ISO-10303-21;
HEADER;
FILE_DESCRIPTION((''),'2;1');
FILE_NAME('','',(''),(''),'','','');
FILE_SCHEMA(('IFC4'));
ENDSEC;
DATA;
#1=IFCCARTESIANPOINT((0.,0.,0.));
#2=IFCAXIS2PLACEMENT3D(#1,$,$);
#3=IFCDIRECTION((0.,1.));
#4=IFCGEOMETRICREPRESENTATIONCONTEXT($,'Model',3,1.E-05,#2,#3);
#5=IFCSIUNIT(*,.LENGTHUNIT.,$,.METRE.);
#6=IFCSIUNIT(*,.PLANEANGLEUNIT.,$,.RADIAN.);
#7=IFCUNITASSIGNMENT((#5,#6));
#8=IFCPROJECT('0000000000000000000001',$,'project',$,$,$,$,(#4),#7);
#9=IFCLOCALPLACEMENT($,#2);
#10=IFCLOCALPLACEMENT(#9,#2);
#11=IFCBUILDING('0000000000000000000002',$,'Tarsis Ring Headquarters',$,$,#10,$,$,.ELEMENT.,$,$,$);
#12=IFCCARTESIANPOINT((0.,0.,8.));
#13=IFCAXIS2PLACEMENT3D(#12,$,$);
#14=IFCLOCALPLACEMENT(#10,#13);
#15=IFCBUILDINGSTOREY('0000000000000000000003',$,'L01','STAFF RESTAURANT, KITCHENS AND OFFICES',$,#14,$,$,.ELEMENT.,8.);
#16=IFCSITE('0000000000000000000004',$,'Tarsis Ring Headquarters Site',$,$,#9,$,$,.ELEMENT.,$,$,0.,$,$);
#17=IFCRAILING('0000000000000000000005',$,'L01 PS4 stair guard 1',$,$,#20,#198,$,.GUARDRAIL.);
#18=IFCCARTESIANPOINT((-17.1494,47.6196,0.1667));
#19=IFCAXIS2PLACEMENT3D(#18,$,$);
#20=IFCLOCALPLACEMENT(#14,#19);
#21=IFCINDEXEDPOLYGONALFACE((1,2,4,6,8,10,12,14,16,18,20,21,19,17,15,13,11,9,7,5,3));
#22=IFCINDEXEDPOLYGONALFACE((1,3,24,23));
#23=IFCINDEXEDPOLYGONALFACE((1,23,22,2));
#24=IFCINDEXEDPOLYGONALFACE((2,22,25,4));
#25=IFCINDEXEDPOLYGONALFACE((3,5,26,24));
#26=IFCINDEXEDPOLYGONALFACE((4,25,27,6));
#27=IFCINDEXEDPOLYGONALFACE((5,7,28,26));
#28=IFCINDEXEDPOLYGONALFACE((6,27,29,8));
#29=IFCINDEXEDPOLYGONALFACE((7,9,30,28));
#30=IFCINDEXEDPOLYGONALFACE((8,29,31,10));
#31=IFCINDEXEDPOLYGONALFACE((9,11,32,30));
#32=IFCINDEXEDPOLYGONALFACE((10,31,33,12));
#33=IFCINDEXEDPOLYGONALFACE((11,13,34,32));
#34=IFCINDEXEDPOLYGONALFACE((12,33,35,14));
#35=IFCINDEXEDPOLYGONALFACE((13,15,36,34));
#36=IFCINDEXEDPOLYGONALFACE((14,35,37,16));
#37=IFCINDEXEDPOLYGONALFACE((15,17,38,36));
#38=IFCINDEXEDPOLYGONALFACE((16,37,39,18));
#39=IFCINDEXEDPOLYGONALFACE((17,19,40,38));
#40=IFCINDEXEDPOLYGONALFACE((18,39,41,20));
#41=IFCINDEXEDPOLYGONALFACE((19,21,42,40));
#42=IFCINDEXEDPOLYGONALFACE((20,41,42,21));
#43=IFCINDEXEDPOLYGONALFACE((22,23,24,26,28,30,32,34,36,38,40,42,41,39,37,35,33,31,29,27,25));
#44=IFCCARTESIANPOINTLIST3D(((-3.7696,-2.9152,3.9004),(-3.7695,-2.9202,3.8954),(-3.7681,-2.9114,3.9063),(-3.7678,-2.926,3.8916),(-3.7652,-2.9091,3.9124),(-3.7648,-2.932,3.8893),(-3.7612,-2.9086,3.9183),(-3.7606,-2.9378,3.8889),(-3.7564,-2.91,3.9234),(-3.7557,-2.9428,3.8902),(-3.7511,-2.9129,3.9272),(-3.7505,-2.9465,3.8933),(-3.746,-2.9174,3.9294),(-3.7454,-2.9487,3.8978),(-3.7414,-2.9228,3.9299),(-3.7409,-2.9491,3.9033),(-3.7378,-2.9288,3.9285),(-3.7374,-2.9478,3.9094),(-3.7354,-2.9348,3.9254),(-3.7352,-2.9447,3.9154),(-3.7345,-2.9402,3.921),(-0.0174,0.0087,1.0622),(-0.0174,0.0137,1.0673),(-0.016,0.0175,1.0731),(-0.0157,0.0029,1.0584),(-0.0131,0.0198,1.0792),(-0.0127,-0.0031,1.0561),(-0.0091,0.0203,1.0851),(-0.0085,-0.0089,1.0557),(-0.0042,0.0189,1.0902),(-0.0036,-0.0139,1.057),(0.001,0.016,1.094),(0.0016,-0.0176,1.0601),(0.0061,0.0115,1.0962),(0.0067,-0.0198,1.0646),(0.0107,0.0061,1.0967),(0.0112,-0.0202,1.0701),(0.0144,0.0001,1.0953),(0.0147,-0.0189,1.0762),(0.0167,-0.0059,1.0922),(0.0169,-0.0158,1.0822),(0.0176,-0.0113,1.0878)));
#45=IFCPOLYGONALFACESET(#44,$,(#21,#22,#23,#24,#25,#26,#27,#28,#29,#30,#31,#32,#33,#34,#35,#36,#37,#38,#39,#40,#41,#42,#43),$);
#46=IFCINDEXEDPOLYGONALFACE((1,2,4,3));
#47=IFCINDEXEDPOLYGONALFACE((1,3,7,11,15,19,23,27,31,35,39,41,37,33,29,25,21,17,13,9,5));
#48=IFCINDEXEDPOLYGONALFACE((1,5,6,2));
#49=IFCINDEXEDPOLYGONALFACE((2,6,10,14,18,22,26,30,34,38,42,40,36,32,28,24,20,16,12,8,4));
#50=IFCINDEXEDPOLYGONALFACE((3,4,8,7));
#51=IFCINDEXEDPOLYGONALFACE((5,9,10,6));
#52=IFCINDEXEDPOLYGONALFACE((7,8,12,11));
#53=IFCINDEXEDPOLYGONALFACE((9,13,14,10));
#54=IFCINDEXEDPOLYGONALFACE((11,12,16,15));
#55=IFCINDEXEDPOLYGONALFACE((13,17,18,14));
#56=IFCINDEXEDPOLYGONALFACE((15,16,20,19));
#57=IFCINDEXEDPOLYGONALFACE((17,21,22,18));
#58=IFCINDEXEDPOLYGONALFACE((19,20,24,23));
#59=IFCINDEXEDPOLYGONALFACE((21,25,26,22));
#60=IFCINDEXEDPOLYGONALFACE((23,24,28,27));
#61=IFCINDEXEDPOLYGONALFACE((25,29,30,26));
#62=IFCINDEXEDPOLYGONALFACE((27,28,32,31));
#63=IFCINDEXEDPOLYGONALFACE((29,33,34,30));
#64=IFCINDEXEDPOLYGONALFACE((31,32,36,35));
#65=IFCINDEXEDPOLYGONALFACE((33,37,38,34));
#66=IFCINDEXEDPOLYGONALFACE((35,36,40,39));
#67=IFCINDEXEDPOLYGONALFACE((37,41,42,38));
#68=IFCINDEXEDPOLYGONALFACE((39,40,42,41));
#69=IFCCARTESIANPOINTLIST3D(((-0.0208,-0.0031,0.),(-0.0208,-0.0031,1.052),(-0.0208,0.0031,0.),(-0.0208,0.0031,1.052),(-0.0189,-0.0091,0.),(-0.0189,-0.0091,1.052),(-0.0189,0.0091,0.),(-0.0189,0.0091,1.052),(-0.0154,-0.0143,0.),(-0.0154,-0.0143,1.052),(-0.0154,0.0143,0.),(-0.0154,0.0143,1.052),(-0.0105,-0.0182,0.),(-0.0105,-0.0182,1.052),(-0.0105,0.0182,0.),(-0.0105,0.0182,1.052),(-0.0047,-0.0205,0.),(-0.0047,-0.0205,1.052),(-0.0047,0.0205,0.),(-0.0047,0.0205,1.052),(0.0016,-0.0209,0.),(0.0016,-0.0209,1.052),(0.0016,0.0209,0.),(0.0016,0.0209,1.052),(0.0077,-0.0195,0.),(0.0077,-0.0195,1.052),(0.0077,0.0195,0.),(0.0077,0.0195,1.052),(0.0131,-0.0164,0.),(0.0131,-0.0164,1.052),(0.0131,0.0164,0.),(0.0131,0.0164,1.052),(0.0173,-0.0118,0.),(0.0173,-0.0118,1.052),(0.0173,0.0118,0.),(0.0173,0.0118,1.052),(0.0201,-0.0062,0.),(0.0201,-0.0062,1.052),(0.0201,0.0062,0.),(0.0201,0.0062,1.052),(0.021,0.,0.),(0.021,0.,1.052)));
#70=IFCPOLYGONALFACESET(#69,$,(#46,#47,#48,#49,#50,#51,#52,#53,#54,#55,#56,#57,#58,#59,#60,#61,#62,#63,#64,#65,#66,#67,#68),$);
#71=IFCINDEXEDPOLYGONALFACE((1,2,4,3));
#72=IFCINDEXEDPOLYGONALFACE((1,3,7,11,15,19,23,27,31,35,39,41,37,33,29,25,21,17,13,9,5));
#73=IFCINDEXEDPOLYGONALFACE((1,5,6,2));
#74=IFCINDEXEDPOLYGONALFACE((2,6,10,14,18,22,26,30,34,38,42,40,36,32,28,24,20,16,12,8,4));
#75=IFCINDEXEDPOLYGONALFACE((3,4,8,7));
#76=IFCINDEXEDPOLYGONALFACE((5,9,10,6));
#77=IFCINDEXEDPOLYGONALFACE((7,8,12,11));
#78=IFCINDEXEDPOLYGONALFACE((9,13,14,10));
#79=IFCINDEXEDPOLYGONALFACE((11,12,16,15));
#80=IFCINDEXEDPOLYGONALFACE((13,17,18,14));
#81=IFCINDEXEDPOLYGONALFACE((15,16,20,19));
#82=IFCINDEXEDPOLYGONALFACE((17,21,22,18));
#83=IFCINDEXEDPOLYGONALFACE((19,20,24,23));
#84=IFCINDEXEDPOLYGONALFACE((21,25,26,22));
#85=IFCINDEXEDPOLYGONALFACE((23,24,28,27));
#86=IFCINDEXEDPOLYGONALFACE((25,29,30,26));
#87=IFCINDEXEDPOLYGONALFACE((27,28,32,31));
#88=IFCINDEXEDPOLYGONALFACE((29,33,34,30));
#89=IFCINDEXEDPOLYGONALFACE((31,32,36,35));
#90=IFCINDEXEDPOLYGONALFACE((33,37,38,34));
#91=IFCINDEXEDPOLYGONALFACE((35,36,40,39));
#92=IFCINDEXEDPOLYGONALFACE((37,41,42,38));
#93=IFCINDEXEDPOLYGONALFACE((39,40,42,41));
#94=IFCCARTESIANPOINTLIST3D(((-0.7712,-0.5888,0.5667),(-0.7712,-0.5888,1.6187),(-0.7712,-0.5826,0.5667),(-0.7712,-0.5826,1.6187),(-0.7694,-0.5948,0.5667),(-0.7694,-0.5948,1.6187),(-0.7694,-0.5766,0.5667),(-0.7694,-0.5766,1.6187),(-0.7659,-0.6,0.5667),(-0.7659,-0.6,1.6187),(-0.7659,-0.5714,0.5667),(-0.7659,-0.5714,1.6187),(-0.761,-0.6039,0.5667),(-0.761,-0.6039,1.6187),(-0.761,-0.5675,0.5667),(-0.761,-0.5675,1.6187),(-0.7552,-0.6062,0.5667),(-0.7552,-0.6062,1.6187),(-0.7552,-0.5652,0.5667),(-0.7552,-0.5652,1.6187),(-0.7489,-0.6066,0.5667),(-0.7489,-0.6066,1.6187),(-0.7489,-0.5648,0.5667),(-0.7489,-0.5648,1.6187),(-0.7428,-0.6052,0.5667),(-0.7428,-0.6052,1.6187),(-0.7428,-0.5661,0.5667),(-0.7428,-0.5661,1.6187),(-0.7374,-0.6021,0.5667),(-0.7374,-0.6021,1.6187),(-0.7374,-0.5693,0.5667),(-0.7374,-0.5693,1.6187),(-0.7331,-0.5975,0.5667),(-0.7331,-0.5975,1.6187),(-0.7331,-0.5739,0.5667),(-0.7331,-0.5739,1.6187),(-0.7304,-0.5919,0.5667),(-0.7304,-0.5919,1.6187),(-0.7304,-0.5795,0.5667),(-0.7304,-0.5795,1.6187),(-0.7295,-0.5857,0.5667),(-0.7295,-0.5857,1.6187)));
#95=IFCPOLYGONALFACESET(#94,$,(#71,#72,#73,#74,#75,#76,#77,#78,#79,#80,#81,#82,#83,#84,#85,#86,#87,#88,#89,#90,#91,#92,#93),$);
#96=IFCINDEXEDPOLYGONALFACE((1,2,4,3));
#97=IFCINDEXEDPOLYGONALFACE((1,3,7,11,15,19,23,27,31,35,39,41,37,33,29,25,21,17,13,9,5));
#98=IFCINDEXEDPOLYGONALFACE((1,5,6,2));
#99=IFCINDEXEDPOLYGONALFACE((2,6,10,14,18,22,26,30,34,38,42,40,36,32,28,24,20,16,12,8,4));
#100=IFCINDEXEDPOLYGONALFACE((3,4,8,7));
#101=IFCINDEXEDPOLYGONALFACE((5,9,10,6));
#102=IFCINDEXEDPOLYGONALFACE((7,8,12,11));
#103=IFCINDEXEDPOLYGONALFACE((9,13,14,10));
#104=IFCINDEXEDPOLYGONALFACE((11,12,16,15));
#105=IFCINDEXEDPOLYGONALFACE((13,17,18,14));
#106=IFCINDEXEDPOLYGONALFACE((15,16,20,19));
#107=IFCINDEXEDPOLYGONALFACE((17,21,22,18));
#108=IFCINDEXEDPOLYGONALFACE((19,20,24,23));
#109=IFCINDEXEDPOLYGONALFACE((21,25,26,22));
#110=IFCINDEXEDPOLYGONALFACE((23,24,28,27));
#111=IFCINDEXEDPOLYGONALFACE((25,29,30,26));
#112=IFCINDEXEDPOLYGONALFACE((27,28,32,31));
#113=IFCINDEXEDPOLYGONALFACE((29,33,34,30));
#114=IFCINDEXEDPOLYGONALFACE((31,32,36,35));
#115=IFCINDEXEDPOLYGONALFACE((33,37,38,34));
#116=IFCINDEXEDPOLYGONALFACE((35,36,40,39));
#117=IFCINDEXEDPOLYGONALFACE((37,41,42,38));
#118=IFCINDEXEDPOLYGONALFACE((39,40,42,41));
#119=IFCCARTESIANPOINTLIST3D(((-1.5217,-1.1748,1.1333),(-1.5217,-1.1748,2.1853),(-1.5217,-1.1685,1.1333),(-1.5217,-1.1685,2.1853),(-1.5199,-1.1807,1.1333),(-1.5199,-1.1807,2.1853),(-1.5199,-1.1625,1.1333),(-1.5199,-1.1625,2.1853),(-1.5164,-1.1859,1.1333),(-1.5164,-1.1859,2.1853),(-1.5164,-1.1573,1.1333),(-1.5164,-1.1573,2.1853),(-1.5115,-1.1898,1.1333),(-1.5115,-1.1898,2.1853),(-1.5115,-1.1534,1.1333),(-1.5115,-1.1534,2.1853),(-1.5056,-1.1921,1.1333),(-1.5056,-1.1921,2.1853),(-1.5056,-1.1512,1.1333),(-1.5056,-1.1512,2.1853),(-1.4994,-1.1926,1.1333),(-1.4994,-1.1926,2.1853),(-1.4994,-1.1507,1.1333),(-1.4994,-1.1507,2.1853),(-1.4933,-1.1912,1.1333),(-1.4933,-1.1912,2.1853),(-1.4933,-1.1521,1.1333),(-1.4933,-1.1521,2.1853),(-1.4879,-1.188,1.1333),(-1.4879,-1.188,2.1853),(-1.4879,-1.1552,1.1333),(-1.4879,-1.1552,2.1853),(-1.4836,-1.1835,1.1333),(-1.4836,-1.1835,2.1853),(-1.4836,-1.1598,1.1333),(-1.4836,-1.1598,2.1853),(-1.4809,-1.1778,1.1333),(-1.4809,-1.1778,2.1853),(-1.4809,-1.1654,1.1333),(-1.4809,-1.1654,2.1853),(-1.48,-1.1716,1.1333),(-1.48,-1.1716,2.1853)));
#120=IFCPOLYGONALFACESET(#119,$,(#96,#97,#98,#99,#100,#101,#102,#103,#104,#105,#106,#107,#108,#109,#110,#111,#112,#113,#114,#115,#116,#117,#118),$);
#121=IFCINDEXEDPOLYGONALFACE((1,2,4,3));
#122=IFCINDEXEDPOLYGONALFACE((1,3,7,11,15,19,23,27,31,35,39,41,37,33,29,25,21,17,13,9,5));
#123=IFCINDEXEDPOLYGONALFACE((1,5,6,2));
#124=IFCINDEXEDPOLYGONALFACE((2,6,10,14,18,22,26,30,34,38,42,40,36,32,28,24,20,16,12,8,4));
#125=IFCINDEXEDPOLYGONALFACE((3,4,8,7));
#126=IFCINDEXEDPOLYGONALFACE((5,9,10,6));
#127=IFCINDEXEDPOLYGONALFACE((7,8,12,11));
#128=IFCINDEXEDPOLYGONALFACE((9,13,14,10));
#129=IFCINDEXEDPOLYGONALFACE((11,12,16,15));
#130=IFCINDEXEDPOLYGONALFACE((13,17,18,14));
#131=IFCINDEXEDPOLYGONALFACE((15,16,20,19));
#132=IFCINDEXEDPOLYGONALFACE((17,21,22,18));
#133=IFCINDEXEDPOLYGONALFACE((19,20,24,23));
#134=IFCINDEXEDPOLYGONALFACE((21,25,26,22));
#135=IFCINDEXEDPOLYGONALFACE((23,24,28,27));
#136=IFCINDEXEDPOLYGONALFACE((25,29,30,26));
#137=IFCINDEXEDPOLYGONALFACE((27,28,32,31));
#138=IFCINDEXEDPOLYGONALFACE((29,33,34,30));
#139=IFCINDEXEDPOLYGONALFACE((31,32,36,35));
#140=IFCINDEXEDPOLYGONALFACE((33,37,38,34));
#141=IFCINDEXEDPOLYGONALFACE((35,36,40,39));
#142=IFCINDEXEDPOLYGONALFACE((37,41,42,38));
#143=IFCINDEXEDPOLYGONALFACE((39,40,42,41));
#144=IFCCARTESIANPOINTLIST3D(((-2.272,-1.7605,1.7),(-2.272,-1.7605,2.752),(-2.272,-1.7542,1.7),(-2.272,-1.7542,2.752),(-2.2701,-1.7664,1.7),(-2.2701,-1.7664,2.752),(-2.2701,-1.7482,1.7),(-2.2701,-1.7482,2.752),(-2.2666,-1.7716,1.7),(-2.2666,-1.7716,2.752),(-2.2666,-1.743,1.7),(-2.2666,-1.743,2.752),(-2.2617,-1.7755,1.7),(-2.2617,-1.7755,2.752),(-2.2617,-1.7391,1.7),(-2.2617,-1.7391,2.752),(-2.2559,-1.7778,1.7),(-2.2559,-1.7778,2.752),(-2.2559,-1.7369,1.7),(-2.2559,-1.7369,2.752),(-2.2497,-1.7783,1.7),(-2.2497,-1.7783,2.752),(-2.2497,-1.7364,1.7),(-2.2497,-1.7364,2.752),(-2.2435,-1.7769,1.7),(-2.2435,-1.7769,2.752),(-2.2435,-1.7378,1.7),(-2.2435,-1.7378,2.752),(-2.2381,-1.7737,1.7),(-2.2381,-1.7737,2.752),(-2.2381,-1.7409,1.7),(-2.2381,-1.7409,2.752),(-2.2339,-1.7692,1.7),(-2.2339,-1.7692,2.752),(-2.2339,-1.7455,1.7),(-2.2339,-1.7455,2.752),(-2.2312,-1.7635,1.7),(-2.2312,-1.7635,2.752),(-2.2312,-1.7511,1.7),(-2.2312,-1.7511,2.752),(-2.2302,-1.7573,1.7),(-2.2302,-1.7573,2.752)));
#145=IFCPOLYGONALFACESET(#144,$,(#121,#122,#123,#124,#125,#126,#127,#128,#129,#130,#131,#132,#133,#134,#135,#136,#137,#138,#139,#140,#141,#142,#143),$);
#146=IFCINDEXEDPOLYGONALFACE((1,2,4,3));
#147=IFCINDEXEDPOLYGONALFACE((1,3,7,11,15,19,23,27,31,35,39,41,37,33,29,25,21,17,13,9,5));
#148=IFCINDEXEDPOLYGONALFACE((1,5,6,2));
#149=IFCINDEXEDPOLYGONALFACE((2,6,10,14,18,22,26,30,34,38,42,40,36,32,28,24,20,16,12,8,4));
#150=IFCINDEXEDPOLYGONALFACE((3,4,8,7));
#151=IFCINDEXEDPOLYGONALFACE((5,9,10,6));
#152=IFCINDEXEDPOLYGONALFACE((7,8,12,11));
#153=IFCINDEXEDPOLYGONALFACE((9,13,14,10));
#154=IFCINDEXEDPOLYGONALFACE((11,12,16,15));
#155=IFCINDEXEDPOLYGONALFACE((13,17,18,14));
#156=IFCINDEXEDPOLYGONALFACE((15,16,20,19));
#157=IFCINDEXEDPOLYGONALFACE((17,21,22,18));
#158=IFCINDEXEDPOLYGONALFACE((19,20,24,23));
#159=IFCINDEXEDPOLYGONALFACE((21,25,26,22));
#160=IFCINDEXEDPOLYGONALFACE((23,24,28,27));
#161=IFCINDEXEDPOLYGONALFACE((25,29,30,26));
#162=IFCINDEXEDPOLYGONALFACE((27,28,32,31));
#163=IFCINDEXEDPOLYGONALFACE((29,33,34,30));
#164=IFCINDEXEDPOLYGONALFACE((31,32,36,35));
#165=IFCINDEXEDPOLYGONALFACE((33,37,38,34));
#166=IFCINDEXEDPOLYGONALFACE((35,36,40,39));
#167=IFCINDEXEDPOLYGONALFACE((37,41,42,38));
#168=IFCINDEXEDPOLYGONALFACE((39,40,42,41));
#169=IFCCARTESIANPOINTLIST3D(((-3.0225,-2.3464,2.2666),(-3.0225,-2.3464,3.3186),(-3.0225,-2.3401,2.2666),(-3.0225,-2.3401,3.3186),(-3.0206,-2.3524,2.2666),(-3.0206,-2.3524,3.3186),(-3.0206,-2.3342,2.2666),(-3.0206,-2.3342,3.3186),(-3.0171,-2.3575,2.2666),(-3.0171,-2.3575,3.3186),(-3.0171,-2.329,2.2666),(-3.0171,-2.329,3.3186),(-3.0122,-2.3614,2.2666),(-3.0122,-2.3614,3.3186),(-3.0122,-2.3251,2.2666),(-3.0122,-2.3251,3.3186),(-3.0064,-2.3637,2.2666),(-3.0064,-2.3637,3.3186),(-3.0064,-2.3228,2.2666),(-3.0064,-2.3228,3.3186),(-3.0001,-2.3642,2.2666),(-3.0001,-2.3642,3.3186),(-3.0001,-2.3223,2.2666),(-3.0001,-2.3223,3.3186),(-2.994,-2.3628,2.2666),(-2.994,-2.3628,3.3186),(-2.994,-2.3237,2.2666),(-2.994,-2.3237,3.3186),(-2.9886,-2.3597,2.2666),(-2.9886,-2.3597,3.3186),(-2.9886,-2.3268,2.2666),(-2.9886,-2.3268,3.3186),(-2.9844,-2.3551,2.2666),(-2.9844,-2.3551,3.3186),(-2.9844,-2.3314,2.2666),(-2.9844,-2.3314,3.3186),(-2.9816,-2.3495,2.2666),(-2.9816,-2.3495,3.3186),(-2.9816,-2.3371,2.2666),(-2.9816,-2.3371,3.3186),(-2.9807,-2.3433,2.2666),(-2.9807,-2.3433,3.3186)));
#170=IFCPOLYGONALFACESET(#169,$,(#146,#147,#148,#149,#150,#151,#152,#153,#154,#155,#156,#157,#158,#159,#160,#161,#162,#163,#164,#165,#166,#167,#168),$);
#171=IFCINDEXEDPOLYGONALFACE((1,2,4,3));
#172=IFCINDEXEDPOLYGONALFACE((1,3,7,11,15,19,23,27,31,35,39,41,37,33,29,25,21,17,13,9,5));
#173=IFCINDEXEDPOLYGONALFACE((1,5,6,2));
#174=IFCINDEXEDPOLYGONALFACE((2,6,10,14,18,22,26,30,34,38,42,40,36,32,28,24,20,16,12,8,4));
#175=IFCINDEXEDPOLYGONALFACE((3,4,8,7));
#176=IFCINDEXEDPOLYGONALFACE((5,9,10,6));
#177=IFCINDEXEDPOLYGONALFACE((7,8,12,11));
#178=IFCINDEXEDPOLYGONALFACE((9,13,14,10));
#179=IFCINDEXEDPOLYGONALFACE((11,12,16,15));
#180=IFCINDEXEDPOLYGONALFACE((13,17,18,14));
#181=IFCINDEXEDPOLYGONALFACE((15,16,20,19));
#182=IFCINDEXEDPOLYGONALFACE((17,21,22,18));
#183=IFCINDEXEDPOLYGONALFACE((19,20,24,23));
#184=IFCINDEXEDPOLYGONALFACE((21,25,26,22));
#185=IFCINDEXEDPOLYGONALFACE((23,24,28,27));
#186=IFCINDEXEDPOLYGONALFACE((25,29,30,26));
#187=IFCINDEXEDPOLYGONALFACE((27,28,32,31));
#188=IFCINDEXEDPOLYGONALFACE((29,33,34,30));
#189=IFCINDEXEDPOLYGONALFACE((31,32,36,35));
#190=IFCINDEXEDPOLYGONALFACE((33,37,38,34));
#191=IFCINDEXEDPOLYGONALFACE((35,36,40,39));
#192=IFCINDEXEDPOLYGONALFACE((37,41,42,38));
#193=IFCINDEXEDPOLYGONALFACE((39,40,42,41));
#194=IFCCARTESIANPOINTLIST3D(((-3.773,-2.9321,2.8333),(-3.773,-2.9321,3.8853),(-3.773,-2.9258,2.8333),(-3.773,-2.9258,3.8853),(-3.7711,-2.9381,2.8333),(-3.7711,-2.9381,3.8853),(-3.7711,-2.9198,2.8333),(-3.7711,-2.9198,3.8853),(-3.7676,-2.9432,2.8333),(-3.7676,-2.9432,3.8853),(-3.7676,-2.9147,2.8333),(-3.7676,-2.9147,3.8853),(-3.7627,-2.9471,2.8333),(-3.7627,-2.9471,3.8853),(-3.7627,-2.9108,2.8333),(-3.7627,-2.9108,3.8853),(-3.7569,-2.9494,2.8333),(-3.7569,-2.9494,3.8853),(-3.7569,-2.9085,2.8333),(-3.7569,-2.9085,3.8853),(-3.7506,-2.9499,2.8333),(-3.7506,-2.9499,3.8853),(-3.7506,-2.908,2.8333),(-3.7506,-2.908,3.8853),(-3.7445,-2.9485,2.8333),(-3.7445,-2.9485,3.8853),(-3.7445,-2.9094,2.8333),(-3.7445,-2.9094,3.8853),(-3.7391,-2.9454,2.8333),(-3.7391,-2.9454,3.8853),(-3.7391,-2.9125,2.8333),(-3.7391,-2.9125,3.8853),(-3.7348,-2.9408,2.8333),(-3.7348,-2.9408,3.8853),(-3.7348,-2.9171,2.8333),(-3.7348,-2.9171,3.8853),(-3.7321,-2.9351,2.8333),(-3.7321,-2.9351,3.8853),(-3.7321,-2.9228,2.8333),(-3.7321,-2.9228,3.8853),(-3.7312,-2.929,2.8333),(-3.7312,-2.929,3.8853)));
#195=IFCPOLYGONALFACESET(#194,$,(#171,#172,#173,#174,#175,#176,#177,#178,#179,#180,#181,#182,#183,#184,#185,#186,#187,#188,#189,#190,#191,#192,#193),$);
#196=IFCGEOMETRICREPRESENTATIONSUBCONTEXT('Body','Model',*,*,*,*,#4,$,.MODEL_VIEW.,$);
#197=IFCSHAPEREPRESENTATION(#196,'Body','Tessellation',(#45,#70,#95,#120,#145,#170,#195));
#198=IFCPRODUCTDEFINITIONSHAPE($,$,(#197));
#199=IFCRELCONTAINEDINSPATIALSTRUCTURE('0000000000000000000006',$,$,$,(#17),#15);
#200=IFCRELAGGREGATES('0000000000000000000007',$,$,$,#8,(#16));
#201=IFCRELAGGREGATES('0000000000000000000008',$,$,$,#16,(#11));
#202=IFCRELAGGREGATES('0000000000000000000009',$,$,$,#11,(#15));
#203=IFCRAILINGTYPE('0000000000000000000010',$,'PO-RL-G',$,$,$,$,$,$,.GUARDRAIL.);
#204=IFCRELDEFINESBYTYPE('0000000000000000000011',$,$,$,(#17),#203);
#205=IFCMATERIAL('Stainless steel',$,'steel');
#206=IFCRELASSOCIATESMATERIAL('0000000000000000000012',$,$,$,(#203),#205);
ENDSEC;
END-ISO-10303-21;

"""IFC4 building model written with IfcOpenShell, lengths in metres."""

from ifc_helpers import new_model, si_unit, direction, frame, origin, origin_2d, place, context, subcontext, project, spatial, circle, extrude, material, type_object, element, save


model = new_model("IFC4")

# Units and contexts
model_context = context("Model", 3, precision=1e-05, world=origin(), true_north=direction((0.0, 1.0)))
body_context = subcontext(model_context, "Body", "Model", "MODEL_VIEW")
ifc_project = project(units=[si_unit("LENGTHUNIT", "METRE"), si_unit("PLANEANGLEUNIT", "RADIAN")], contexts=[model_context])

# Site, building, storey
site_placement = place(None, origin())
site = spatial("IfcSite", under=ifc_project, at=site_placement, Name="Tarsis Ring Headquarters Site", CompositionType="ELEMENT", RefElevation=0.0)
building_placement = place(site_placement, origin())
building = spatial("IfcBuilding", under=site, at=building_placement, Name="Tarsis Ring Headquarters", CompositionType="ELEMENT")
storey_placement = place(building_placement, frame((0.0, 0.0, 8.0)))
storey = spatial("IfcBuildingStorey", under=building, at=storey_placement, Name="L01", Description="STAFF RESTAURANT, KITCHENS AND OFFICES", CompositionType="ELEMENT", Elevation=8.0)

# Railing
ifc_material_1 = material(Name="Stainless steel", Category="steel")
railing_type_1 = type_object("IfcRailingType", Name="PO-RL-G", PredefinedType="GUARDRAIL", material=ifc_material_1)
railing_1_placement = place(storey_placement, frame((-17.1494, 47.6196, 0.1667)))
element("IfcRailing", 1, at=railing_1_placement, inside=storey, type_object=railing_type_1, Name="L01 PS4 stair guard 1", PredefinedType="GUARDRAIL", context=body_context, shape_type="SweptSolid", body=[
    extrude(circle(Radius=0.0239, at=origin_2d()), frame((0.0, 0.0, 1.0762), z_axis=(-0.677364, -0.528748, 0.511472), x_axis=(0.615324, -0.788274, 0.0)), (0.0, 0.0, 1.0), 5.5393),
    extrude(circle(Radius=0.021, at=origin_2d()), origin(), (0.0, 0.0, 1.0), 1.052),
    extrude(circle(Radius=0.021, at=origin_2d()), frame((-0.7505, -0.5857, 0.5667)), (0.0, 0.0, 1.0), 1.052),
    extrude(circle(Radius=0.021, at=origin_2d()), frame((-1.501, -1.1716, 1.1333)), (0.0, 0.0, 1.0), 1.052),
    extrude(circle(Radius=0.021, at=origin_2d()), frame((-2.2512, -1.7573, 1.7)), (0.0, 0.0, 1.0), 1.052),
    extrude(circle(Radius=0.021, at=origin_2d()), frame((-3.0017, -2.3433, 2.2666)), (0.0, 0.0, 1.0), 1.052),
    extrude(circle(Radius=0.021, at=origin_2d()), frame((-3.7522, -2.929, 2.8333)), (0.0, 0.0, 1.0), 1.052),
])

save(model, "model.ifc")
